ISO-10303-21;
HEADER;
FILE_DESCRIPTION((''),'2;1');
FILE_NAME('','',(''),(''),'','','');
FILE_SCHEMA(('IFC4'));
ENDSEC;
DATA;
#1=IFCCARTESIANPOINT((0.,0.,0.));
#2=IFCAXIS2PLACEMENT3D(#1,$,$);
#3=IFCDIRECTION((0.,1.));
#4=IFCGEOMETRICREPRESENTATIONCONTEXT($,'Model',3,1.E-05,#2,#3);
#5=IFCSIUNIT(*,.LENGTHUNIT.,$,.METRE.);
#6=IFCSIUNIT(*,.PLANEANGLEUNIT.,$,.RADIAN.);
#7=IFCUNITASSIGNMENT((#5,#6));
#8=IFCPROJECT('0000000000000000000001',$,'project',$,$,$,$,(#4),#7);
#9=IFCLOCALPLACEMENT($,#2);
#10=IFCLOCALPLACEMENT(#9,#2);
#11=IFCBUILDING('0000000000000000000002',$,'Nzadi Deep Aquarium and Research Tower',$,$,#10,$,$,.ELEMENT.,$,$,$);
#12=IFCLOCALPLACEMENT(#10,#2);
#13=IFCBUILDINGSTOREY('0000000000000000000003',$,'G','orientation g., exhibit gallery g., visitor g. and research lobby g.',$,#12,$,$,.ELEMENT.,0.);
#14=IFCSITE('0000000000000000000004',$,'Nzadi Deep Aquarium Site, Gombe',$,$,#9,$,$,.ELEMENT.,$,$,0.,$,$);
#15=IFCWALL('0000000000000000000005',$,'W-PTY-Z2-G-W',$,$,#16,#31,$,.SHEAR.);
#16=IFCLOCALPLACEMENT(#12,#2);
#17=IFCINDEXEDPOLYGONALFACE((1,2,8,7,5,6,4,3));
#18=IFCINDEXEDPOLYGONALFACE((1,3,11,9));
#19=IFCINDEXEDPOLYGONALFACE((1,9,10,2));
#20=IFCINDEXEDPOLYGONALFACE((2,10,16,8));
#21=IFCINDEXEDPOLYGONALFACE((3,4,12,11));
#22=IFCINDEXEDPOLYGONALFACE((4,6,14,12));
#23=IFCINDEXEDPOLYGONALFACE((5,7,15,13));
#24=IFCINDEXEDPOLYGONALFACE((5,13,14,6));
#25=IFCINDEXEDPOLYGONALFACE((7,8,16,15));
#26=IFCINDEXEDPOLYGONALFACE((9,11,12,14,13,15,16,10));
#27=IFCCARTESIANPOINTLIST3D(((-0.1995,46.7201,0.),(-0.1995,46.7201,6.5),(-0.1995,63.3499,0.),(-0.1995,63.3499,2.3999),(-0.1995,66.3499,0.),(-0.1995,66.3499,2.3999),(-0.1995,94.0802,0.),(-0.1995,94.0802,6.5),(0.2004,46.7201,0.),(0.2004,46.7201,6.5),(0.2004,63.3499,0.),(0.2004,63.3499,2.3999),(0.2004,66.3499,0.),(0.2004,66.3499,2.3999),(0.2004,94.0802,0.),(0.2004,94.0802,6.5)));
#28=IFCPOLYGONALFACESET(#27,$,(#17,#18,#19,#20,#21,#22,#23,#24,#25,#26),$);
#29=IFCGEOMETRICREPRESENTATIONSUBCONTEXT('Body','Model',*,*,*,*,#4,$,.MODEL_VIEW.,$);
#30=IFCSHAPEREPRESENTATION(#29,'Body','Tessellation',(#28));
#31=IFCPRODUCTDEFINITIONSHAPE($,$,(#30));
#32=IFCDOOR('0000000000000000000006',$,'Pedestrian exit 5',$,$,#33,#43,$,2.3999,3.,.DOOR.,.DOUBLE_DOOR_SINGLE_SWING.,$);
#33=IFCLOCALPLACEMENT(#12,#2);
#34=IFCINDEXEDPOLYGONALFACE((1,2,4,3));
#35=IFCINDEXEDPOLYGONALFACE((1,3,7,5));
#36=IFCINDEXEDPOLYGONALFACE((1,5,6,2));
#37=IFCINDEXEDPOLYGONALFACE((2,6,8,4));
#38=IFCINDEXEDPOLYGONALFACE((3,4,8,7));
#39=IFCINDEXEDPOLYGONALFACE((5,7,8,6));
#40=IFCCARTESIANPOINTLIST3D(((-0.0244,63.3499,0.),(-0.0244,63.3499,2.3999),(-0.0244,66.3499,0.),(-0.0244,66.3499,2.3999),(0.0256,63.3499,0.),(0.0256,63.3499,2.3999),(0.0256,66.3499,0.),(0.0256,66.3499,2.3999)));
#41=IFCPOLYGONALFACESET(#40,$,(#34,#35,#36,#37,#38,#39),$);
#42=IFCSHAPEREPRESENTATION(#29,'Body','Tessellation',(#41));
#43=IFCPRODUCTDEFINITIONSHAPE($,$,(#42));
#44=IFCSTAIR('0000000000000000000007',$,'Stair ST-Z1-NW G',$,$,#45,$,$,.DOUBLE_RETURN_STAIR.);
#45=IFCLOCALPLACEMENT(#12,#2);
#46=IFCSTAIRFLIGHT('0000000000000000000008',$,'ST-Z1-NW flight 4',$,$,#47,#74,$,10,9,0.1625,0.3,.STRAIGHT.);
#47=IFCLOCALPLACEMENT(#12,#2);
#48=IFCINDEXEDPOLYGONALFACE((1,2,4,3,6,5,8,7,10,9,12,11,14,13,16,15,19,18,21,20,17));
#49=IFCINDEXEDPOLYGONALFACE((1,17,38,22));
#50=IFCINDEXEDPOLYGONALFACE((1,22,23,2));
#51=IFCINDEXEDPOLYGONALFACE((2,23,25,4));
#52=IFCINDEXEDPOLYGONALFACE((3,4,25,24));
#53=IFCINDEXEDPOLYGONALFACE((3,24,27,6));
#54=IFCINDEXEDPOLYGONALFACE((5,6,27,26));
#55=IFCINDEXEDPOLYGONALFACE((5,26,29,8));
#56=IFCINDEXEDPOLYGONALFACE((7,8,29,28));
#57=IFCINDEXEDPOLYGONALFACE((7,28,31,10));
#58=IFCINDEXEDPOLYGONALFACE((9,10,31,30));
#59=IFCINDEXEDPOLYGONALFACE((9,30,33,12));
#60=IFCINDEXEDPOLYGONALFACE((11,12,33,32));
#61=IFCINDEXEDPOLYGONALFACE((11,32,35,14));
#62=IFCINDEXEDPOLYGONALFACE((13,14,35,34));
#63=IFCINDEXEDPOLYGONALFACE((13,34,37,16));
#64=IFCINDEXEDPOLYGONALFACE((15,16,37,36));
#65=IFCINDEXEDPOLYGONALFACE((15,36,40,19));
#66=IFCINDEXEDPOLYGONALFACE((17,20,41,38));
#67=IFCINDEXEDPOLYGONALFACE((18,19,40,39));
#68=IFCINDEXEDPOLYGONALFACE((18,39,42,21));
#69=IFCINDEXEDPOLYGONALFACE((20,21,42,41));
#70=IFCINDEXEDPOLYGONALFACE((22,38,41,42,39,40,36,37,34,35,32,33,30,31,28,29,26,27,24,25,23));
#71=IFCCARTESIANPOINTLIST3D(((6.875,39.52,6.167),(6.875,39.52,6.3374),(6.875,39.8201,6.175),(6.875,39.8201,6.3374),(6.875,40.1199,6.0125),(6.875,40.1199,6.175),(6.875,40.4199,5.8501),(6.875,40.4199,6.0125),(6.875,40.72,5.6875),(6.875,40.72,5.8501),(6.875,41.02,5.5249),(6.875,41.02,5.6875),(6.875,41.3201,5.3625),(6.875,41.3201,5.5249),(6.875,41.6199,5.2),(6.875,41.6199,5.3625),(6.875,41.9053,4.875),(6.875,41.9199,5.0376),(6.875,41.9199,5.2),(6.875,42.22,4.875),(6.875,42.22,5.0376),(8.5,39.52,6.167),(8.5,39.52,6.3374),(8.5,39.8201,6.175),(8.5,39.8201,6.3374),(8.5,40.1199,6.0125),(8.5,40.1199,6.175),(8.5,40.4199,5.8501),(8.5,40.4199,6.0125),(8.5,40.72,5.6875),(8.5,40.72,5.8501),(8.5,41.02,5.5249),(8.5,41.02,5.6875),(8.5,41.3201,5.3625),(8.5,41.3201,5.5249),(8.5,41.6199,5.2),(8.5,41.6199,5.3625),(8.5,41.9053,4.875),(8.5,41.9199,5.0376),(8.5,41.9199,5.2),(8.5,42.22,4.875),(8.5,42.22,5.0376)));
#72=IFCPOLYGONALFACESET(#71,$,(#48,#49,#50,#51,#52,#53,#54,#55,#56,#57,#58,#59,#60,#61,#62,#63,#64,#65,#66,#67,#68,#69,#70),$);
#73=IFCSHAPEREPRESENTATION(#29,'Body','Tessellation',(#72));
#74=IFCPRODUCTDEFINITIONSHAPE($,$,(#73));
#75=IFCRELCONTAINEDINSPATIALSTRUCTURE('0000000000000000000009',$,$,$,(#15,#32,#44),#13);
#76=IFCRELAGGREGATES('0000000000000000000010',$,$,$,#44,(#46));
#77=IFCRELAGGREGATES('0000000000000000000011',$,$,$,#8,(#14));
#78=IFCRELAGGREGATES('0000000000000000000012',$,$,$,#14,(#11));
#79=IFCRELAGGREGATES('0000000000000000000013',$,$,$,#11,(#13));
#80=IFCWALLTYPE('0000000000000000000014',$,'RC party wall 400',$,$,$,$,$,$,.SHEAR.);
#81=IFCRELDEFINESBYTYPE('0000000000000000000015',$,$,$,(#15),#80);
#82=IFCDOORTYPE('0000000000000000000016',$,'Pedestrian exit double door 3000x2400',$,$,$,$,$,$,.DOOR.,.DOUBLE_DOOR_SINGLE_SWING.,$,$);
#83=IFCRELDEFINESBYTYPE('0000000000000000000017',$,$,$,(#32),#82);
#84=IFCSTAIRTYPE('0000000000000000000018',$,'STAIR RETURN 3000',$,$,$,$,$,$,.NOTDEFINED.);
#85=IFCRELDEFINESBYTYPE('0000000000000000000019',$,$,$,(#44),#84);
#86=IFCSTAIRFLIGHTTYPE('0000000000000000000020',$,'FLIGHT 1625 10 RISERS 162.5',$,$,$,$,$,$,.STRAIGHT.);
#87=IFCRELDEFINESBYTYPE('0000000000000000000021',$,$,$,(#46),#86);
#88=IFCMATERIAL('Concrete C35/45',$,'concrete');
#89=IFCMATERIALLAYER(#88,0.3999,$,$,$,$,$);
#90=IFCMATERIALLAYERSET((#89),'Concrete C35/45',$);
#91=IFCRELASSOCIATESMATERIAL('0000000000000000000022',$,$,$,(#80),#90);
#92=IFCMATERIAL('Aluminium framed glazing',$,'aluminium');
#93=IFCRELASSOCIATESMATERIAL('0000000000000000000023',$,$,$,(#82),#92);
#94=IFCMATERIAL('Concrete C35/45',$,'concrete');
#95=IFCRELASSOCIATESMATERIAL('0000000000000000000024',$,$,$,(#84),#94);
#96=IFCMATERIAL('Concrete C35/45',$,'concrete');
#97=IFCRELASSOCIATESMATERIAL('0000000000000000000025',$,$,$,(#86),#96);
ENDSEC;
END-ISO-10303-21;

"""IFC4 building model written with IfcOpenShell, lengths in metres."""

from ifc_helpers import new_model, si_unit, direction, frame, frame_2d, origin, place, context, subcontext, project, spatial, polyline, rectangle, outline, extrude, material, layer, layer_set, type_object, element, fill, aggregate, save


model = new_model("IFC4")

# Units and contexts
model_context = context("Model", 3, precision=1e-05, world=origin(), true_north=direction((0.0, 1.0)))
body_context = subcontext(model_context, "Body", "Model", "MODEL_VIEW")
ifc_project = project(units=[si_unit("LENGTHUNIT", "METRE"), si_unit("PLANEANGLEUNIT", "RADIAN")], contexts=[model_context])

# Site, building, storey
site_placement = place(None, origin())
site = spatial("IfcSite", under=ifc_project, at=site_placement, Name="Nzadi Deep Aquarium Site, Gombe", CompositionType="ELEMENT", RefElevation=0.0)
building_placement = place(site_placement, origin())
building = spatial("IfcBuilding", under=site, at=building_placement, Name="Nzadi Deep Aquarium and Research Tower", CompositionType="ELEMENT")
storey_placement = place(building_placement, origin())
storey = spatial("IfcBuildingStorey", under=building, at=storey_placement, Name="G", Description="orientation g., exhibit gallery g., visitor g. and research lobby g.", CompositionType="ELEMENT", Elevation=0.0)

# Wall, opening, door
ifc_material_1 = material(Name="Concrete C35/45", Category="concrete")
ifc_layer_1 = layer(ifc_material_1, 0.3999)
ifc_layer_set_1 = layer_set([ifc_layer_1], Name="Concrete C35/45")
wall_type_1 = type_object("IfcWallType", Name="RC party wall 400", PredefinedType="SHEAR", material=ifc_layer_set_1)
wall_1_placement = place(storey_placement, frame((0.0005, 46.72, 0.0), z_axis=(0.0, 0.0, 1.0), x_axis=(0.0, 1.0, 0.0)))
wall_1 = element("IfcWall", 1, at=wall_1_placement, inside=storey, type_object=wall_type_1, Name="W-PTY-Z2-G-W", PredefinedType="SHEAR", context=body_context, shape_type="SweptSolid", body=[
    extrude(rectangle(XDim=47.3601, YDim=0.3999, at=frame_2d((23.6802, 0.0))), origin(), (0.0, 0.0, 1.0), 6.5),
])
opening_1_placement = place(wall_1_placement, frame((16.6299, 0.0, 0.0)))
opening_1 = element("IfcOpeningElement", 2, at=opening_1_placement, cuts=wall_1, PredefinedType="OPENING", context=body_context, shape_type="SweptSolid", body=[
    extrude(rectangle(XDim=3.0, YDim=2.3999, at=frame_2d((1.5, 1.2))), frame((0.0, 0.21, 0.0), z_axis=(0.0, -1.0, 0.0), x_axis=(1.0, 0.0, 0.0)), (0.0, 0.0, 1.0), 0.4199),
])
ifc_material_2 = material(Name="Aluminium framed glazing", Category="aluminium")
door_type_1 = type_object("IfcDoorType", Name="Pedestrian exit double door 3000x2400", OperationType="DOUBLE_DOOR_SINGLE_SWING", PredefinedType="DOOR", material=ifc_material_2)
door_1_placement = place(opening_1_placement, origin())
door_1 = element("IfcDoor", 3, at=door_1_placement, inside=storey, type_object=door_type_1, Name="Pedestrian exit 5", OperationType="DOUBLE_DOOR_SINGLE_SWING", OverallHeight=2.3999, OverallWidth=3.0, PredefinedType="DOOR", context=body_context, shape_type="SweptSolid", body=[
    extrude(rectangle(XDim=3.0, YDim=2.3999, at=frame_2d((1.5, 1.2))), frame((0.0, 0.0249, 0.0), z_axis=(0.0, -1.0, 0.0), x_axis=(1.0, 0.0, 0.0)), (0.0, 0.0, 1.0), 0.05),
])
fill(opening_1, door_1)

# Stair, stair flight
ifc_material_3 = material(Name="Concrete C35/45", Category="concrete")
stair_type = type_object("IfcStairType", Name="STAIR RETURN 3000", PredefinedType="NOTDEFINED", material=ifc_material_3)
stair_placement = place(storey_placement, origin())
stair = element("IfcStair", 4, at=stair_placement, inside=storey, type_object=stair_type, Name="Stair ST-Z1-NW G", PredefinedType="DOUBLE_RETURN_STAIR")
ifc_material_4 = material(Name="Concrete C35/45", Category="concrete")
stair_flight_type = type_object("IfcStairFlightType", Name="FLIGHT 1625 10 RISERS 162.5", PredefinedType="STRAIGHT", material=ifc_material_4)
stair_flight_placement = place(storey_placement, frame((7.6875, 42.22, 4.875), z_axis=(0.0, 0.0, 1.0), x_axis=(0.0, -1.0, 0.0)))
stair_flight = element("IfcStairFlight", 5, at=stair_flight_placement, type_object=stair_flight_type, Name="ST-Z1-NW flight 4", NumberOfRisers=10, NumberOfTreads=9, PredefinedType="STRAIGHT", RiserHeight=0.1625, TreadLength=0.3, context=body_context, shape_type="SweptSolid", body=[
    extrude(outline(polyline([(0.0, 0.0), (0.0, 0.1626), (0.3, 0.1626), (0.3, 0.325), (0.6001, 0.325), (0.6001, 0.4875), (0.8999, 0.4875), (0.8999, 0.6499), (1.2, 0.6499), (1.2, 0.8125), (1.5, 0.8125), (1.5, 0.9751), (1.8, 0.9751), (1.8, 1.1375), (2.1001, 1.1375), (2.1001, 1.3), (2.3999, 1.3), (2.3999, 1.4624), (2.7, 1.4624), (2.7, 1.625), (2.7, 1.292), (0.3147, 0.0), (0.0, 0.0)])), frame((0.0, 0.8125, 0.0), z_axis=(0.0, -1.0, 0.0), x_axis=(1.0, 0.0, 0.0)), (0.0, 0.0, 1.0), 1.625),
])
aggregate(stair, [stair_flight])

save(model, "model.ifc")
